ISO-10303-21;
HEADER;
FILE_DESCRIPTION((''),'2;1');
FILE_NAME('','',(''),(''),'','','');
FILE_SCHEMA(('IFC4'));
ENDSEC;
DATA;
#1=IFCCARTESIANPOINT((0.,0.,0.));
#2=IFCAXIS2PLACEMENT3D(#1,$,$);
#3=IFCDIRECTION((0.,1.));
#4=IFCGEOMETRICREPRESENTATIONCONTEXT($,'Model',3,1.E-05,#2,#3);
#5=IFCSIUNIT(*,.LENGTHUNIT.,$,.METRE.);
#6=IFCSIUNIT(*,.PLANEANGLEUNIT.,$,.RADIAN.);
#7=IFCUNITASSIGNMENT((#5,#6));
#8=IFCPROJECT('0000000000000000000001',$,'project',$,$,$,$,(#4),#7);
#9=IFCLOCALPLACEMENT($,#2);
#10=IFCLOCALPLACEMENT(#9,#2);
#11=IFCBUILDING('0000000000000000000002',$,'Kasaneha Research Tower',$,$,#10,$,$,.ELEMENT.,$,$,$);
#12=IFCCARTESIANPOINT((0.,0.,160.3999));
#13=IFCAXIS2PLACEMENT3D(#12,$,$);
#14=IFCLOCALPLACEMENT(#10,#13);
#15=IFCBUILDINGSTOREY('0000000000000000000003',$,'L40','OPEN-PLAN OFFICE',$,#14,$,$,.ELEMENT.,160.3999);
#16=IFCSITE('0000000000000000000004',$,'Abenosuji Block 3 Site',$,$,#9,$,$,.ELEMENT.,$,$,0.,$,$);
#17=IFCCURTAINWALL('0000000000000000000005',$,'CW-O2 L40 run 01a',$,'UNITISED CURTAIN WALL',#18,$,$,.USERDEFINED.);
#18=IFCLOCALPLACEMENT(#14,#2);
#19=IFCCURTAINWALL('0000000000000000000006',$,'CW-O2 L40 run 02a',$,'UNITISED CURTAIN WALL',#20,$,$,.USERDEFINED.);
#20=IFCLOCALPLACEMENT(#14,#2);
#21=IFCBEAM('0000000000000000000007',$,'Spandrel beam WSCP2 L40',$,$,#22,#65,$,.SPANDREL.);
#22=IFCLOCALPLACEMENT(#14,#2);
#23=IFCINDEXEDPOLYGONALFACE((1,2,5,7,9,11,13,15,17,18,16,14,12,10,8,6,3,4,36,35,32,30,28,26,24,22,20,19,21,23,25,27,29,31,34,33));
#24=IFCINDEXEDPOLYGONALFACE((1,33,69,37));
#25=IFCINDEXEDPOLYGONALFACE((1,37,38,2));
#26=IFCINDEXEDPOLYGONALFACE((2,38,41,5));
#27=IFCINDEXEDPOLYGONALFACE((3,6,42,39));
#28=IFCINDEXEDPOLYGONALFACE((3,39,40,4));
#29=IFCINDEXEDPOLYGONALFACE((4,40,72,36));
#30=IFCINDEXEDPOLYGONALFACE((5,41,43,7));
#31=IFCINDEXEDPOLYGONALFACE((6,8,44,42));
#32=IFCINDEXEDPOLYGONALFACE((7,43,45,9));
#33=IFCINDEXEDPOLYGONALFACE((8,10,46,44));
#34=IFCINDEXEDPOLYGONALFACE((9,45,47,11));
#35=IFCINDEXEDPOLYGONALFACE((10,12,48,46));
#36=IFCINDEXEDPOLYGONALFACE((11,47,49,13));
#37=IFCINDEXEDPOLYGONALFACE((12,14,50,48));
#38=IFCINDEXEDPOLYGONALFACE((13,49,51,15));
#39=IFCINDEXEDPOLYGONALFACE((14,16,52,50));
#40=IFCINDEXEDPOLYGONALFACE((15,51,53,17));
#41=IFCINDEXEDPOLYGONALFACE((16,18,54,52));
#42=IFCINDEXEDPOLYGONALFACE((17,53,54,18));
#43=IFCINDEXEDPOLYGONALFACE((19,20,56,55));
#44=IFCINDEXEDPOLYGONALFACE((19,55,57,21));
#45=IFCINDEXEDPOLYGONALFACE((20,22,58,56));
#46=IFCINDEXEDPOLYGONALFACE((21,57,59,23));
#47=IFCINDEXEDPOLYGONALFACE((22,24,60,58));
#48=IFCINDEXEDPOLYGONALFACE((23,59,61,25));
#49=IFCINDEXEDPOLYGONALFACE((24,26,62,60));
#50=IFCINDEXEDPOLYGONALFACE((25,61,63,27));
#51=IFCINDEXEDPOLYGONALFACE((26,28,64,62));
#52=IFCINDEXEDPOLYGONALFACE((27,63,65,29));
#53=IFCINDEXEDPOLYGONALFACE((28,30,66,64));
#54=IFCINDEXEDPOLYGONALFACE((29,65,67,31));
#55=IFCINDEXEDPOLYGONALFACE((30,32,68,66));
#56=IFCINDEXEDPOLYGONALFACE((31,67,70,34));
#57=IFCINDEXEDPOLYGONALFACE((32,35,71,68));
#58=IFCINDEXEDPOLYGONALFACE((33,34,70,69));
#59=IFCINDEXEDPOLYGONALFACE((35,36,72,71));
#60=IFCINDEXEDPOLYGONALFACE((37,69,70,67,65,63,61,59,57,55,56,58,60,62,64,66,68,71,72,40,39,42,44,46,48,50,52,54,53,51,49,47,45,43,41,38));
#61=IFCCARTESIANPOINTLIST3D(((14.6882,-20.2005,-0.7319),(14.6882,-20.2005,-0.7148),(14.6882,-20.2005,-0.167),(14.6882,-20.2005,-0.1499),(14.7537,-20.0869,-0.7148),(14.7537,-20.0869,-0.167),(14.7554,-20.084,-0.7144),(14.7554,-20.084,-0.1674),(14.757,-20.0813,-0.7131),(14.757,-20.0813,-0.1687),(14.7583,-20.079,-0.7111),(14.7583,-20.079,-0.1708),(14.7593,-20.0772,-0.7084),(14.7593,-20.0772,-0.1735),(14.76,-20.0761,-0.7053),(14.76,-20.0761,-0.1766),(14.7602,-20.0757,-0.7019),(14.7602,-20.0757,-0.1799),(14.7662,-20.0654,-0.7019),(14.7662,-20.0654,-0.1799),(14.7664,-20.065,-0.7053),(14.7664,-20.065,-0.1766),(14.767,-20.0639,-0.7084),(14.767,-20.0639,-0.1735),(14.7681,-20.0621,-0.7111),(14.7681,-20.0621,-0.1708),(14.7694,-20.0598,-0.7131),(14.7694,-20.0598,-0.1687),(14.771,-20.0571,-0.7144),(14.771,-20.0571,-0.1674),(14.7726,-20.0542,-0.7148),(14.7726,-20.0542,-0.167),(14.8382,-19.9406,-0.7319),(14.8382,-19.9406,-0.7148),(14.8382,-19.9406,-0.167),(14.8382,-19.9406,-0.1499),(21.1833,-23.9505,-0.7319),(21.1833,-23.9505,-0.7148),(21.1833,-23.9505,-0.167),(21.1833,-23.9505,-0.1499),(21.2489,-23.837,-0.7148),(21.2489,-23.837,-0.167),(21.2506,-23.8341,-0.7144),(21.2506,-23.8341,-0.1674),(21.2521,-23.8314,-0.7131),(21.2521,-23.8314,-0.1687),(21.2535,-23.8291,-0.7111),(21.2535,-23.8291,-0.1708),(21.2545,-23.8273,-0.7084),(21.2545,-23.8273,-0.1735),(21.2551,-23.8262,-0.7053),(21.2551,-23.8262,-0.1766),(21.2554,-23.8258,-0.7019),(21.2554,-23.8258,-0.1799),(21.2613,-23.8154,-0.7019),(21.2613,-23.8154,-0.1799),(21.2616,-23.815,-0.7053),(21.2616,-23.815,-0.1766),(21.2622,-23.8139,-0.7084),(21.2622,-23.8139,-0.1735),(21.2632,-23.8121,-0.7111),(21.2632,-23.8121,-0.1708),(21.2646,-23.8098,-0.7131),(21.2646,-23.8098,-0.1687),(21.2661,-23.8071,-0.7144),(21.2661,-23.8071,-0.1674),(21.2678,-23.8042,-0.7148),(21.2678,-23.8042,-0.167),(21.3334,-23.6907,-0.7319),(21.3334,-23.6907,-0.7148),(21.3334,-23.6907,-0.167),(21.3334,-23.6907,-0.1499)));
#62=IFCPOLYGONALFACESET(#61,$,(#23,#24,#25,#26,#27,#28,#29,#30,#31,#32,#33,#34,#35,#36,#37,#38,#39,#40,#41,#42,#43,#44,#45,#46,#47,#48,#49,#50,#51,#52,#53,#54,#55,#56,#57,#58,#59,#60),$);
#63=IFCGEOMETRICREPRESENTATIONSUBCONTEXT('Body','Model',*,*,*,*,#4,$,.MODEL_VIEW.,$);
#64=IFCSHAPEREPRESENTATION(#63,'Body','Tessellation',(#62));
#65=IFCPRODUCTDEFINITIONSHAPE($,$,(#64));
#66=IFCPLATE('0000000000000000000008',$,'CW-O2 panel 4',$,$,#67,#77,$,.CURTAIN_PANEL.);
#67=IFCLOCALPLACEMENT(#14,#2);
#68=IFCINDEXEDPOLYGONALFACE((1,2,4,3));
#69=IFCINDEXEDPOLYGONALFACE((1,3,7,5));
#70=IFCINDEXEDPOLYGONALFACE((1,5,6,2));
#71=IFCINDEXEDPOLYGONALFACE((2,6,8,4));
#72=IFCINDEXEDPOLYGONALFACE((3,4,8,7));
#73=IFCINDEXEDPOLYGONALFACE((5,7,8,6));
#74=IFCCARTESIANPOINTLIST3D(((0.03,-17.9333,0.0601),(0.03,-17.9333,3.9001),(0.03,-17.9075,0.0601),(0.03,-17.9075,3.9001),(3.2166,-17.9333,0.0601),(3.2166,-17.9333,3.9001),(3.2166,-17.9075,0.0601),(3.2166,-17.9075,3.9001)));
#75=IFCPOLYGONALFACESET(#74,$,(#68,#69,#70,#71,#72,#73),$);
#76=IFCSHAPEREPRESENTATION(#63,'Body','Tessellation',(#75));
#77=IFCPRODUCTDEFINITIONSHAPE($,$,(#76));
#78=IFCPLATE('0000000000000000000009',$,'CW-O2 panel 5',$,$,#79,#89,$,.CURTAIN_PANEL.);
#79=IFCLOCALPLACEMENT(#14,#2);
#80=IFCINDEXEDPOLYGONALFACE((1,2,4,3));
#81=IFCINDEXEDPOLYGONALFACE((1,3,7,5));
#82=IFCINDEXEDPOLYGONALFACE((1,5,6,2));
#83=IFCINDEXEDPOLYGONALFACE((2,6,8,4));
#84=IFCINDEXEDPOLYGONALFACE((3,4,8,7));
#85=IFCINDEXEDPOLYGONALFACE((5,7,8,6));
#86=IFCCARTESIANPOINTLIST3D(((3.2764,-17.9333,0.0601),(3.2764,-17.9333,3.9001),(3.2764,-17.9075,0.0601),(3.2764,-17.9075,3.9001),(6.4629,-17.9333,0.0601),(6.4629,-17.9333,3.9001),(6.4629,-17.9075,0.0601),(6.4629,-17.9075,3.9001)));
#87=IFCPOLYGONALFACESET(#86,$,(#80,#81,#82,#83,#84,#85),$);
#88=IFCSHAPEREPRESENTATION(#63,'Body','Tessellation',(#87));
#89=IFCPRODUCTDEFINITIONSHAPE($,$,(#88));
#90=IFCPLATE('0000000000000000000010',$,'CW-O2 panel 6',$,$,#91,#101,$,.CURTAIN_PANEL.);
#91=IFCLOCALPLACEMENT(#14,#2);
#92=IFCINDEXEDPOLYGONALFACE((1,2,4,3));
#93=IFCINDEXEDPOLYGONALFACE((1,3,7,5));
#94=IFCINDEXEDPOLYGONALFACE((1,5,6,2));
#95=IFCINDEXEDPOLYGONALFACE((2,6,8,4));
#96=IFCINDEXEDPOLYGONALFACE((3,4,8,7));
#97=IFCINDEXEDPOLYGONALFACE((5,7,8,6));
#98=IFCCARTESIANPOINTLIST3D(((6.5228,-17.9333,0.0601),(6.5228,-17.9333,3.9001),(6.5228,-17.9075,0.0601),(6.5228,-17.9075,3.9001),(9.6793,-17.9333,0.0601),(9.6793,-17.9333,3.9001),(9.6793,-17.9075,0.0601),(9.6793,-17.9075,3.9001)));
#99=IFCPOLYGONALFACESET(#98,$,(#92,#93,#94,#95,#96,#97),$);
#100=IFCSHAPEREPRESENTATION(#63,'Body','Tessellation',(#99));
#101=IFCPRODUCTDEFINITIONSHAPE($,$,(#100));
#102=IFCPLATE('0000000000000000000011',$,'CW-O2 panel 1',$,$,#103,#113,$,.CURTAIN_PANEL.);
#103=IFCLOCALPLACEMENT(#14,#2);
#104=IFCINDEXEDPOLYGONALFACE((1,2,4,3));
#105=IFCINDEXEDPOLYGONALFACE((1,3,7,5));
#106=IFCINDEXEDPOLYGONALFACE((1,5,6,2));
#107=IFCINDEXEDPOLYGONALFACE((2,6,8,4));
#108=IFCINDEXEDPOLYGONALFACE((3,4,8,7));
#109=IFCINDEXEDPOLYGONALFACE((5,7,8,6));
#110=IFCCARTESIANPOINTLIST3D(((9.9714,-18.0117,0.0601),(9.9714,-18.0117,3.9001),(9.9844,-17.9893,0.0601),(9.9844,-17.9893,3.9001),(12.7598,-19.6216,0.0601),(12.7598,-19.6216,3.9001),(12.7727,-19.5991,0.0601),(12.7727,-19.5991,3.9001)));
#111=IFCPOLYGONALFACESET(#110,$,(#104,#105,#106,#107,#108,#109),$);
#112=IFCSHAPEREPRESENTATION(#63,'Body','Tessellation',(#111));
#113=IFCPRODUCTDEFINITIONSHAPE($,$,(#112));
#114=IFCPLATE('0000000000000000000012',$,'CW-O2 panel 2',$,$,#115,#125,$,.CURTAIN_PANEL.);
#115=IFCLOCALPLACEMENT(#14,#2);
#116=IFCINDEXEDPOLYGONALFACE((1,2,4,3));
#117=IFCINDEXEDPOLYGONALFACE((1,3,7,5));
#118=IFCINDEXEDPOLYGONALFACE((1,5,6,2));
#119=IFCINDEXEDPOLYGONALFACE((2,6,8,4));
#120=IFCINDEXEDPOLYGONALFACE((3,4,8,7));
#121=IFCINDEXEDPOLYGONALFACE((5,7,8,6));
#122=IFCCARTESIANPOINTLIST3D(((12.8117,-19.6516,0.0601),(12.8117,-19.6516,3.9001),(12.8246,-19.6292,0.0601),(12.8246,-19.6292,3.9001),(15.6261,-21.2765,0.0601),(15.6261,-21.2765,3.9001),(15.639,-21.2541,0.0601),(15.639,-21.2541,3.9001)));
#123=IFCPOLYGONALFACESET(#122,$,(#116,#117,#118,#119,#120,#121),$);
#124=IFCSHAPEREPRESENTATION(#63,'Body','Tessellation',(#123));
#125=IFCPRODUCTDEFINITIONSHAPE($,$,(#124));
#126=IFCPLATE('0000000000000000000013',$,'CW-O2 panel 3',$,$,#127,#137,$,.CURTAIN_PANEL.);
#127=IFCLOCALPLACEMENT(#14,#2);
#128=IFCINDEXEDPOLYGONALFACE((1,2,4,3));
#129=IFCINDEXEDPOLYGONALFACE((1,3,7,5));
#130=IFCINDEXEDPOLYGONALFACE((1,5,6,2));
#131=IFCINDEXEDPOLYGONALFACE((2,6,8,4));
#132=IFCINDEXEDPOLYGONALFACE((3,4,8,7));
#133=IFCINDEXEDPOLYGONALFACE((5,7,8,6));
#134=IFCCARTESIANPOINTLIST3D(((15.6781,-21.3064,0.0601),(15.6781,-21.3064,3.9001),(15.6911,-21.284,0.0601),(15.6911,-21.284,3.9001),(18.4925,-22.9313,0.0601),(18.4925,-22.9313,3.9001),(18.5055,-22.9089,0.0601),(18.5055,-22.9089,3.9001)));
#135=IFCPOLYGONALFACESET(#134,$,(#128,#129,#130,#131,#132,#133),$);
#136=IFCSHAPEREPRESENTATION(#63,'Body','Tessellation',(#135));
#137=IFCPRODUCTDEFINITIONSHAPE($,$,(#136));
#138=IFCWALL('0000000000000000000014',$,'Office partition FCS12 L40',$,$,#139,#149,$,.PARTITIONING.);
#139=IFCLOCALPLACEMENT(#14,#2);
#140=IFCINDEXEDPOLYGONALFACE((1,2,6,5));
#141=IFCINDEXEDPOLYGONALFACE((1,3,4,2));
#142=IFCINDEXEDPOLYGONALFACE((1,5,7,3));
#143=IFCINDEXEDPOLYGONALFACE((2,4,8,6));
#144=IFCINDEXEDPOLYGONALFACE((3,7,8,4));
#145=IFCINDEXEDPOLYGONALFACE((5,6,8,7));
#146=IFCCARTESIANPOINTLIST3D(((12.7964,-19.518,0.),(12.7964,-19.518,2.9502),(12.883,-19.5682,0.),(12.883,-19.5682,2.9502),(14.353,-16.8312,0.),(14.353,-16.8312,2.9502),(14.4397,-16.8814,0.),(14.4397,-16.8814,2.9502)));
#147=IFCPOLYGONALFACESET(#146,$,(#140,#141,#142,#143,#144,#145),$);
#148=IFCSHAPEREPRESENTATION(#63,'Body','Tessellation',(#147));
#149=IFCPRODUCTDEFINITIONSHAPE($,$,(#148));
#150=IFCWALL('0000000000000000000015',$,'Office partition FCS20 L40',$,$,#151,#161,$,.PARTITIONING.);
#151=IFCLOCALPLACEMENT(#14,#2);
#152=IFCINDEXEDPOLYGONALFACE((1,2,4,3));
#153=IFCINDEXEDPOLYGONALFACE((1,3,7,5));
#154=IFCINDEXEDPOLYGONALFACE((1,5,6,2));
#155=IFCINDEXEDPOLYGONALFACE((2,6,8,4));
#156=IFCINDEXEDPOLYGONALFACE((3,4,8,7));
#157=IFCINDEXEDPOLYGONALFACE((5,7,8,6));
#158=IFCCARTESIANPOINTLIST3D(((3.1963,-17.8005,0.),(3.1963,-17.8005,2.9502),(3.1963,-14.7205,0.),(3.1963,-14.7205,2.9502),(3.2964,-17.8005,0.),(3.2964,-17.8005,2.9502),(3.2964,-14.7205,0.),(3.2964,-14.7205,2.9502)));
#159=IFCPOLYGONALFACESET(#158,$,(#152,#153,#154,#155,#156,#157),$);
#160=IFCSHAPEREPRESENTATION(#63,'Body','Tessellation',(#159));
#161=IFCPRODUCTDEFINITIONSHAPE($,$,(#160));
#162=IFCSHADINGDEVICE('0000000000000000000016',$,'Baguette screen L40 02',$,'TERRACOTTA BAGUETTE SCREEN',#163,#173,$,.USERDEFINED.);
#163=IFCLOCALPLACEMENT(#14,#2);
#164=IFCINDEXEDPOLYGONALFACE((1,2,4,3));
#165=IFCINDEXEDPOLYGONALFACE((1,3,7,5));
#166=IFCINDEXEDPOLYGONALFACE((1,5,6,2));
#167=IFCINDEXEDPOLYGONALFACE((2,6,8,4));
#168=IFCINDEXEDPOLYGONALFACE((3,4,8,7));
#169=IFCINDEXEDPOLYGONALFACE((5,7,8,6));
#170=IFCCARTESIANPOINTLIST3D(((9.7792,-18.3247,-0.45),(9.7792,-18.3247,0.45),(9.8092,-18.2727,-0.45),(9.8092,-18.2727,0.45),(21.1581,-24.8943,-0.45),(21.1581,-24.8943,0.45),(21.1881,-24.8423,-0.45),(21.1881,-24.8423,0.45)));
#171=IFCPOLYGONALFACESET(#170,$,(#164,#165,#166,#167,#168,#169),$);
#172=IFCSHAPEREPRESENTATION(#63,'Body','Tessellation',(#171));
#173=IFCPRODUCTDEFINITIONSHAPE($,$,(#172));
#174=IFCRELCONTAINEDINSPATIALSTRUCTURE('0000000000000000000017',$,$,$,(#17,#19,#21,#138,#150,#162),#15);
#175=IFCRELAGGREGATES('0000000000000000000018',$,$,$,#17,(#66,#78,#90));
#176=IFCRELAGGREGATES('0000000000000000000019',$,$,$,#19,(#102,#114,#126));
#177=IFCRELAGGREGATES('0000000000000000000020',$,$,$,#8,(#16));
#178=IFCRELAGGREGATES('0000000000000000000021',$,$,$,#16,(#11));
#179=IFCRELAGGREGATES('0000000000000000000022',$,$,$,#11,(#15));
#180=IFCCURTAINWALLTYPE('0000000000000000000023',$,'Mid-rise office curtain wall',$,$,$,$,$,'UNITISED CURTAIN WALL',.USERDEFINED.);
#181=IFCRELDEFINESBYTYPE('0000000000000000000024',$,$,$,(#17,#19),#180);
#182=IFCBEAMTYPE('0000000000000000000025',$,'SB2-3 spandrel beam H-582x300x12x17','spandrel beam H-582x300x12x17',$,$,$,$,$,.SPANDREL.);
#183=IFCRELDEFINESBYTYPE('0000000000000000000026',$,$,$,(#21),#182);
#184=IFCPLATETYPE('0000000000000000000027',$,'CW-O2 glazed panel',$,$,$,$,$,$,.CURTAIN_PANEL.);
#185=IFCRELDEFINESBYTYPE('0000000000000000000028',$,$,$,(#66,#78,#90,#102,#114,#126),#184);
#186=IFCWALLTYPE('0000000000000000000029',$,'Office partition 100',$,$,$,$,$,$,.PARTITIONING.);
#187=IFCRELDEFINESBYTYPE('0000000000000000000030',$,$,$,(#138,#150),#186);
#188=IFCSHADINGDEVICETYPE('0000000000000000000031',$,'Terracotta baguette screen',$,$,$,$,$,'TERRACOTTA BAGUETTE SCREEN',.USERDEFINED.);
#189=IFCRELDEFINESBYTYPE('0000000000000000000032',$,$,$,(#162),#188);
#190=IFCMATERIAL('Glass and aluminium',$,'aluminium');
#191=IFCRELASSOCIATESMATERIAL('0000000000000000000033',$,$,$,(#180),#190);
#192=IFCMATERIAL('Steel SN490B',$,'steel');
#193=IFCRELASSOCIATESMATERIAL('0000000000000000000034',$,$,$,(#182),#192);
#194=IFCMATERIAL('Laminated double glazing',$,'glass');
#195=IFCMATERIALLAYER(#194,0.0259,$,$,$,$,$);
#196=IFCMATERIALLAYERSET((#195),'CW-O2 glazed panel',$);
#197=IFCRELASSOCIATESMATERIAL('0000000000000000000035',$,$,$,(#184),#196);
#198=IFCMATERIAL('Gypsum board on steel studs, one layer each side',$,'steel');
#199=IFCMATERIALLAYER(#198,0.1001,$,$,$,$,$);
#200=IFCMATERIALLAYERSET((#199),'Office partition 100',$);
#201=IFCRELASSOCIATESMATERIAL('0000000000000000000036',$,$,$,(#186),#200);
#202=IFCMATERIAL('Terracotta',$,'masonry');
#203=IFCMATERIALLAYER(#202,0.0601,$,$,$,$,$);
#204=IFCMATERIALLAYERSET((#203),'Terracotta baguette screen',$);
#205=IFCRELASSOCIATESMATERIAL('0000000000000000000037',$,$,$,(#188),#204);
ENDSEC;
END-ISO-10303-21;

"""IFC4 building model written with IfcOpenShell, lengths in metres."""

from ifc_helpers import new_model, si_unit, direction, frame, frame_2d, origin, origin_2d, place, context, subcontext, project, spatial, rectangle, i_section, extrude, material, layer, layer_set, material_profile, profile_set, type_object, element, aggregate, save


model = new_model("IFC4")

# Units and contexts
model_context = context("Model", 3, precision=1e-05, world=origin(), true_north=direction((0.0, 1.0)))
body_context = subcontext(model_context, "Body", "Model", "MODEL_VIEW")
ifc_project = project(units=[si_unit("LENGTHUNIT", "METRE"), si_unit("PLANEANGLEUNIT", "RADIAN")], contexts=[model_context])

# Site, building, storey
site_placement = place(None, origin())
site = spatial("IfcSite", under=ifc_project, at=site_placement, Name="Abenosuji Block 3 Site", CompositionType="ELEMENT", RefElevation=0.0)
building_placement = place(site_placement, origin())
building = spatial("IfcBuilding", under=site, at=building_placement, Name="Kasaneha Research Tower", CompositionType="ELEMENT")
storey_placement = place(building_placement, frame((0.0, 0.0, 160.3999)))
storey = spatial("IfcBuildingStorey", under=building, at=storey_placement, Name="L40", Description="OPEN-PLAN OFFICE", CompositionType="ELEMENT", Elevation=160.3999)

# Curtain walls
ifc_material_1 = material(Name="Glass and aluminium", Category="aluminium")
curtain_wall_type = type_object("IfcCurtainWallType", Name="Mid-rise office curtain wall", ElementType="UNITISED CURTAIN WALL", PredefinedType="USERDEFINED", material=ifc_material_1)
curtain_wall_1_placement = place(storey_placement, origin())
curtain_wall_1 = element("IfcCurtainWall", 1, at=curtain_wall_1_placement, inside=storey, type_object=curtain_wall_type, Name="CW-O2 L40 run 01a", ObjectType="UNITISED CURTAIN WALL", PredefinedType="USERDEFINED")
curtain_wall_2_placement = place(storey_placement, origin())
curtain_wall_2 = element("IfcCurtainWall", 2, at=curtain_wall_2_placement, inside=storey, type_object=curtain_wall_type, Name="CW-O2 L40 run 02a", ObjectType="UNITISED CURTAIN WALL", PredefinedType="USERDEFINED")

# Beam
ifc_material_2 = material(Name="Steel SN490B", Category="steel")
ifc_material_profile_1 = material_profile(ifc_material_2, i_section(OverallWidth=0.3, OverallDepth=0.582, WebThickness=0.012, FlangeThickness=0.0171, FilletRadius=0.0129, at=origin_2d()), Name="H-582x300x12x17")
ifc_profile_set_1 = profile_set([ifc_material_profile_1], Name="Steel SN490B")
beam_type_1 = type_object("IfcBeamType", Name="SB2-3 spandrel beam H-582x300x12x17", Description="spandrel beam H-582x300x12x17", PredefinedType="SPANDREL", material=ifc_profile_set_1)
beam_1_placement = place(storey_placement, frame((14.7632, -20.0706, -0.4409), z_axis=(0.866023, -0.500004, 0.0), x_axis=(0.500004, 0.866023, 0.0)))
element("IfcBeam", 3, at=beam_1_placement, inside=storey, type_object=beam_type_1, Name="Spandrel beam WSCP2 L40", PredefinedType="SPANDREL", context=body_context, shape_type="SweptSolid", body=[
    extrude(i_section(OverallWidth=0.3, OverallDepth=0.582, WebThickness=0.012, FlangeThickness=0.0171, FilletRadius=0.0129, at=origin_2d()), origin(), (0.0, 0.0, 1.0), 7.5),
])

# Plates
ifc_material_3 = material(Name="Laminated double glazing", Category="glass")
ifc_layer_1 = layer(ifc_material_3, 0.0259)
ifc_layer_set_1 = layer_set([ifc_layer_1], Name="CW-O2 glazed panel")
plate_type = type_object("IfcPlateType", Name="CW-O2 glazed panel", PredefinedType="CURTAIN_PANEL", material=ifc_layer_set_1)
plate_1_placement = place(storey_placement, frame((1.6233, -17.9204, 0.0601), z_axis=(0.0, 0.0, 1.0), x_axis=(1.0, 0.0, 0.0)))
plate_1 = element("IfcPlate", 4, at=plate_1_placement, type_object=plate_type, Name="CW-O2 panel 4", PredefinedType="CURTAIN_PANEL", context=body_context, shape_type="SweptSolid", body=[
    extrude(rectangle(XDim=3.1865, YDim=0.0259, at=origin_2d()), origin(), (0.0, 0.0, 1.0), 3.8401),
])
plate_2_placement = place(storey_placement, frame((4.8696, -17.9204, 0.0601), z_axis=(0.0, 0.0, 1.0), x_axis=(1.0, 0.0, 0.0)))
plate_2 = element("IfcPlate", 5, at=plate_2_placement, type_object=plate_type, Name="CW-O2 panel 5", PredefinedType="CURTAIN_PANEL", context=body_context, shape_type="SweptSolid", body=[
    extrude(rectangle(XDim=3.1865, YDim=0.0259, at=origin_2d()), origin(), (0.0, 0.0, 1.0), 3.8401),
])
plate_3_placement = place(storey_placement, frame((8.1011, -17.9204, 0.0601), z_axis=(0.0, 0.0, 1.0), x_axis=(1.0, 0.0, 0.0)))
plate_3 = element("IfcPlate", 6, at=plate_3_placement, type_object=plate_type, Name="CW-O2 panel 6", PredefinedType="CURTAIN_PANEL", context=body_context, shape_type="SweptSolid", body=[
    extrude(rectangle(XDim=3.1565, YDim=0.0259, at=origin_2d()), origin(), (0.0, 0.0, 1.0), 3.8401),
])
aggregate(curtain_wall_1, [plate_1, plate_2, plate_3])
plate_4_placement = place(storey_placement, frame((11.3721, -18.8054, 0.0601), z_axis=(0.0, 0.0, 1.0), x_axis=(0.866025, -0.5, 0.0)))
plate_4 = element("IfcPlate", 7, at=plate_4_placement, type_object=plate_type, Name="CW-O2 panel 1", PredefinedType="CURTAIN_PANEL", context=body_context, shape_type="SweptSolid", body=[
    extrude(rectangle(XDim=3.2197, YDim=0.0259, at=origin_2d()), origin(), (0.0, 0.0, 1.0), 3.8401),
])
plate_5_placement = place(storey_placement, frame((14.2253, -20.4529, 0.0601), z_axis=(0.0, 0.0, 1.0), x_axis=(0.866025, -0.5, 0.0)))
plate_5 = element("IfcPlate", 8, at=plate_5_placement, type_object=plate_type, Name="CW-O2 panel 2", PredefinedType="CURTAIN_PANEL", context=body_context, shape_type="SweptSolid", body=[
    extrude(rectangle(XDim=3.2498, YDim=0.0259, at=origin_2d()), origin(), (0.0, 0.0, 1.0), 3.8401),
])
plate_6_placement = place(storey_placement, frame((17.0918, -22.1077, 0.0601), z_axis=(0.0, 0.0, 1.0), x_axis=(0.866025, -0.5, 0.0)))
plate_6 = element("IfcPlate", 9, at=plate_6_placement, type_object=plate_type, Name="CW-O2 panel 3", PredefinedType="CURTAIN_PANEL", context=body_context, shape_type="SweptSolid", body=[
    extrude(rectangle(XDim=3.2498, YDim=0.0259, at=origin_2d()), origin(), (0.0, 0.0, 1.0), 3.8401),
])
aggregate(curtain_wall_2, [plate_4, plate_5, plate_6])

# Walls
ifc_material_4 = material(Name="Gypsum board on steel studs, one layer each side", Category="steel")
ifc_layer_2 = layer(ifc_material_4, 0.1001)
ifc_layer_set_2 = layer_set([ifc_layer_2], Name="Office partition 100")
wall_type = type_object("IfcWallType", Name="Office partition 100", PredefinedType="PARTITIONING", material=ifc_layer_set_2)
wall_1_placement = place(storey_placement, frame((12.8396, -19.5432, 0.0), z_axis=(0.0, 0.0, 1.0), x_axis=(0.501312, 0.865267, 0.0)))
element("IfcWall", 10, at=wall_1_placement, inside=storey, type_object=wall_type, Name="Office partition FCS12 L40", PredefinedType="PARTITIONING", context=body_context, shape_type="SweptSolid", body=[
    extrude(rectangle(XDim=3.1052, YDim=0.1001, at=frame_2d((1.5527, 0.0))), origin(), (0.0, 0.0, 1.0), 2.9502),
])
wall_2_placement = place(storey_placement, frame((3.2463, -17.8005, 0.0), z_axis=(0.0, 0.0, 1.0), x_axis=(0.0, 1.0, 0.0)))
element("IfcWall", 11, at=wall_2_placement, inside=storey, type_object=wall_type, Name="Office partition FCS20 L40", PredefinedType="PARTITIONING", context=body_context, shape_type="SweptSolid", body=[
    extrude(rectangle(XDim=3.0801, YDim=0.1001, at=frame_2d((1.54, 0.0))), origin(), (0.0, 0.0, 1.0), 2.9502),
])

# Shading device
ifc_material_5 = material(Name="Terracotta", Category="masonry")
ifc_layer_3 = layer(ifc_material_5, 0.0601)
ifc_layer_set_3 = layer_set([ifc_layer_3], Name="Terracotta baguette screen")
shading_device_type = type_object("IfcShadingDeviceType", Name="Terracotta baguette screen", ElementType="TERRACOTTA BAGUETTE SCREEN", PredefinedType="USERDEFINED", material=ifc_layer_set_3)
shading_device_placement = place(storey_placement, frame((15.4836, -21.5835, -0.45), z_axis=(0.0, 0.0, 1.0), x_axis=(0.866025, -0.5, 0.0)))
element("IfcShadingDevice", 12, at=shading_device_placement, inside=storey, type_object=shading_device_type, Name="Baguette screen L40 02", ObjectType="TERRACOTTA BAGUETTE SCREEN", PredefinedType="USERDEFINED", context=body_context, shape_type="SweptSolid", body=[
    extrude(rectangle(XDim=13.1392, YDim=0.0601, at=origin_2d()), origin(), (0.0, 0.0, 1.0), 0.8999),
])

save(model, "model.ifc")
